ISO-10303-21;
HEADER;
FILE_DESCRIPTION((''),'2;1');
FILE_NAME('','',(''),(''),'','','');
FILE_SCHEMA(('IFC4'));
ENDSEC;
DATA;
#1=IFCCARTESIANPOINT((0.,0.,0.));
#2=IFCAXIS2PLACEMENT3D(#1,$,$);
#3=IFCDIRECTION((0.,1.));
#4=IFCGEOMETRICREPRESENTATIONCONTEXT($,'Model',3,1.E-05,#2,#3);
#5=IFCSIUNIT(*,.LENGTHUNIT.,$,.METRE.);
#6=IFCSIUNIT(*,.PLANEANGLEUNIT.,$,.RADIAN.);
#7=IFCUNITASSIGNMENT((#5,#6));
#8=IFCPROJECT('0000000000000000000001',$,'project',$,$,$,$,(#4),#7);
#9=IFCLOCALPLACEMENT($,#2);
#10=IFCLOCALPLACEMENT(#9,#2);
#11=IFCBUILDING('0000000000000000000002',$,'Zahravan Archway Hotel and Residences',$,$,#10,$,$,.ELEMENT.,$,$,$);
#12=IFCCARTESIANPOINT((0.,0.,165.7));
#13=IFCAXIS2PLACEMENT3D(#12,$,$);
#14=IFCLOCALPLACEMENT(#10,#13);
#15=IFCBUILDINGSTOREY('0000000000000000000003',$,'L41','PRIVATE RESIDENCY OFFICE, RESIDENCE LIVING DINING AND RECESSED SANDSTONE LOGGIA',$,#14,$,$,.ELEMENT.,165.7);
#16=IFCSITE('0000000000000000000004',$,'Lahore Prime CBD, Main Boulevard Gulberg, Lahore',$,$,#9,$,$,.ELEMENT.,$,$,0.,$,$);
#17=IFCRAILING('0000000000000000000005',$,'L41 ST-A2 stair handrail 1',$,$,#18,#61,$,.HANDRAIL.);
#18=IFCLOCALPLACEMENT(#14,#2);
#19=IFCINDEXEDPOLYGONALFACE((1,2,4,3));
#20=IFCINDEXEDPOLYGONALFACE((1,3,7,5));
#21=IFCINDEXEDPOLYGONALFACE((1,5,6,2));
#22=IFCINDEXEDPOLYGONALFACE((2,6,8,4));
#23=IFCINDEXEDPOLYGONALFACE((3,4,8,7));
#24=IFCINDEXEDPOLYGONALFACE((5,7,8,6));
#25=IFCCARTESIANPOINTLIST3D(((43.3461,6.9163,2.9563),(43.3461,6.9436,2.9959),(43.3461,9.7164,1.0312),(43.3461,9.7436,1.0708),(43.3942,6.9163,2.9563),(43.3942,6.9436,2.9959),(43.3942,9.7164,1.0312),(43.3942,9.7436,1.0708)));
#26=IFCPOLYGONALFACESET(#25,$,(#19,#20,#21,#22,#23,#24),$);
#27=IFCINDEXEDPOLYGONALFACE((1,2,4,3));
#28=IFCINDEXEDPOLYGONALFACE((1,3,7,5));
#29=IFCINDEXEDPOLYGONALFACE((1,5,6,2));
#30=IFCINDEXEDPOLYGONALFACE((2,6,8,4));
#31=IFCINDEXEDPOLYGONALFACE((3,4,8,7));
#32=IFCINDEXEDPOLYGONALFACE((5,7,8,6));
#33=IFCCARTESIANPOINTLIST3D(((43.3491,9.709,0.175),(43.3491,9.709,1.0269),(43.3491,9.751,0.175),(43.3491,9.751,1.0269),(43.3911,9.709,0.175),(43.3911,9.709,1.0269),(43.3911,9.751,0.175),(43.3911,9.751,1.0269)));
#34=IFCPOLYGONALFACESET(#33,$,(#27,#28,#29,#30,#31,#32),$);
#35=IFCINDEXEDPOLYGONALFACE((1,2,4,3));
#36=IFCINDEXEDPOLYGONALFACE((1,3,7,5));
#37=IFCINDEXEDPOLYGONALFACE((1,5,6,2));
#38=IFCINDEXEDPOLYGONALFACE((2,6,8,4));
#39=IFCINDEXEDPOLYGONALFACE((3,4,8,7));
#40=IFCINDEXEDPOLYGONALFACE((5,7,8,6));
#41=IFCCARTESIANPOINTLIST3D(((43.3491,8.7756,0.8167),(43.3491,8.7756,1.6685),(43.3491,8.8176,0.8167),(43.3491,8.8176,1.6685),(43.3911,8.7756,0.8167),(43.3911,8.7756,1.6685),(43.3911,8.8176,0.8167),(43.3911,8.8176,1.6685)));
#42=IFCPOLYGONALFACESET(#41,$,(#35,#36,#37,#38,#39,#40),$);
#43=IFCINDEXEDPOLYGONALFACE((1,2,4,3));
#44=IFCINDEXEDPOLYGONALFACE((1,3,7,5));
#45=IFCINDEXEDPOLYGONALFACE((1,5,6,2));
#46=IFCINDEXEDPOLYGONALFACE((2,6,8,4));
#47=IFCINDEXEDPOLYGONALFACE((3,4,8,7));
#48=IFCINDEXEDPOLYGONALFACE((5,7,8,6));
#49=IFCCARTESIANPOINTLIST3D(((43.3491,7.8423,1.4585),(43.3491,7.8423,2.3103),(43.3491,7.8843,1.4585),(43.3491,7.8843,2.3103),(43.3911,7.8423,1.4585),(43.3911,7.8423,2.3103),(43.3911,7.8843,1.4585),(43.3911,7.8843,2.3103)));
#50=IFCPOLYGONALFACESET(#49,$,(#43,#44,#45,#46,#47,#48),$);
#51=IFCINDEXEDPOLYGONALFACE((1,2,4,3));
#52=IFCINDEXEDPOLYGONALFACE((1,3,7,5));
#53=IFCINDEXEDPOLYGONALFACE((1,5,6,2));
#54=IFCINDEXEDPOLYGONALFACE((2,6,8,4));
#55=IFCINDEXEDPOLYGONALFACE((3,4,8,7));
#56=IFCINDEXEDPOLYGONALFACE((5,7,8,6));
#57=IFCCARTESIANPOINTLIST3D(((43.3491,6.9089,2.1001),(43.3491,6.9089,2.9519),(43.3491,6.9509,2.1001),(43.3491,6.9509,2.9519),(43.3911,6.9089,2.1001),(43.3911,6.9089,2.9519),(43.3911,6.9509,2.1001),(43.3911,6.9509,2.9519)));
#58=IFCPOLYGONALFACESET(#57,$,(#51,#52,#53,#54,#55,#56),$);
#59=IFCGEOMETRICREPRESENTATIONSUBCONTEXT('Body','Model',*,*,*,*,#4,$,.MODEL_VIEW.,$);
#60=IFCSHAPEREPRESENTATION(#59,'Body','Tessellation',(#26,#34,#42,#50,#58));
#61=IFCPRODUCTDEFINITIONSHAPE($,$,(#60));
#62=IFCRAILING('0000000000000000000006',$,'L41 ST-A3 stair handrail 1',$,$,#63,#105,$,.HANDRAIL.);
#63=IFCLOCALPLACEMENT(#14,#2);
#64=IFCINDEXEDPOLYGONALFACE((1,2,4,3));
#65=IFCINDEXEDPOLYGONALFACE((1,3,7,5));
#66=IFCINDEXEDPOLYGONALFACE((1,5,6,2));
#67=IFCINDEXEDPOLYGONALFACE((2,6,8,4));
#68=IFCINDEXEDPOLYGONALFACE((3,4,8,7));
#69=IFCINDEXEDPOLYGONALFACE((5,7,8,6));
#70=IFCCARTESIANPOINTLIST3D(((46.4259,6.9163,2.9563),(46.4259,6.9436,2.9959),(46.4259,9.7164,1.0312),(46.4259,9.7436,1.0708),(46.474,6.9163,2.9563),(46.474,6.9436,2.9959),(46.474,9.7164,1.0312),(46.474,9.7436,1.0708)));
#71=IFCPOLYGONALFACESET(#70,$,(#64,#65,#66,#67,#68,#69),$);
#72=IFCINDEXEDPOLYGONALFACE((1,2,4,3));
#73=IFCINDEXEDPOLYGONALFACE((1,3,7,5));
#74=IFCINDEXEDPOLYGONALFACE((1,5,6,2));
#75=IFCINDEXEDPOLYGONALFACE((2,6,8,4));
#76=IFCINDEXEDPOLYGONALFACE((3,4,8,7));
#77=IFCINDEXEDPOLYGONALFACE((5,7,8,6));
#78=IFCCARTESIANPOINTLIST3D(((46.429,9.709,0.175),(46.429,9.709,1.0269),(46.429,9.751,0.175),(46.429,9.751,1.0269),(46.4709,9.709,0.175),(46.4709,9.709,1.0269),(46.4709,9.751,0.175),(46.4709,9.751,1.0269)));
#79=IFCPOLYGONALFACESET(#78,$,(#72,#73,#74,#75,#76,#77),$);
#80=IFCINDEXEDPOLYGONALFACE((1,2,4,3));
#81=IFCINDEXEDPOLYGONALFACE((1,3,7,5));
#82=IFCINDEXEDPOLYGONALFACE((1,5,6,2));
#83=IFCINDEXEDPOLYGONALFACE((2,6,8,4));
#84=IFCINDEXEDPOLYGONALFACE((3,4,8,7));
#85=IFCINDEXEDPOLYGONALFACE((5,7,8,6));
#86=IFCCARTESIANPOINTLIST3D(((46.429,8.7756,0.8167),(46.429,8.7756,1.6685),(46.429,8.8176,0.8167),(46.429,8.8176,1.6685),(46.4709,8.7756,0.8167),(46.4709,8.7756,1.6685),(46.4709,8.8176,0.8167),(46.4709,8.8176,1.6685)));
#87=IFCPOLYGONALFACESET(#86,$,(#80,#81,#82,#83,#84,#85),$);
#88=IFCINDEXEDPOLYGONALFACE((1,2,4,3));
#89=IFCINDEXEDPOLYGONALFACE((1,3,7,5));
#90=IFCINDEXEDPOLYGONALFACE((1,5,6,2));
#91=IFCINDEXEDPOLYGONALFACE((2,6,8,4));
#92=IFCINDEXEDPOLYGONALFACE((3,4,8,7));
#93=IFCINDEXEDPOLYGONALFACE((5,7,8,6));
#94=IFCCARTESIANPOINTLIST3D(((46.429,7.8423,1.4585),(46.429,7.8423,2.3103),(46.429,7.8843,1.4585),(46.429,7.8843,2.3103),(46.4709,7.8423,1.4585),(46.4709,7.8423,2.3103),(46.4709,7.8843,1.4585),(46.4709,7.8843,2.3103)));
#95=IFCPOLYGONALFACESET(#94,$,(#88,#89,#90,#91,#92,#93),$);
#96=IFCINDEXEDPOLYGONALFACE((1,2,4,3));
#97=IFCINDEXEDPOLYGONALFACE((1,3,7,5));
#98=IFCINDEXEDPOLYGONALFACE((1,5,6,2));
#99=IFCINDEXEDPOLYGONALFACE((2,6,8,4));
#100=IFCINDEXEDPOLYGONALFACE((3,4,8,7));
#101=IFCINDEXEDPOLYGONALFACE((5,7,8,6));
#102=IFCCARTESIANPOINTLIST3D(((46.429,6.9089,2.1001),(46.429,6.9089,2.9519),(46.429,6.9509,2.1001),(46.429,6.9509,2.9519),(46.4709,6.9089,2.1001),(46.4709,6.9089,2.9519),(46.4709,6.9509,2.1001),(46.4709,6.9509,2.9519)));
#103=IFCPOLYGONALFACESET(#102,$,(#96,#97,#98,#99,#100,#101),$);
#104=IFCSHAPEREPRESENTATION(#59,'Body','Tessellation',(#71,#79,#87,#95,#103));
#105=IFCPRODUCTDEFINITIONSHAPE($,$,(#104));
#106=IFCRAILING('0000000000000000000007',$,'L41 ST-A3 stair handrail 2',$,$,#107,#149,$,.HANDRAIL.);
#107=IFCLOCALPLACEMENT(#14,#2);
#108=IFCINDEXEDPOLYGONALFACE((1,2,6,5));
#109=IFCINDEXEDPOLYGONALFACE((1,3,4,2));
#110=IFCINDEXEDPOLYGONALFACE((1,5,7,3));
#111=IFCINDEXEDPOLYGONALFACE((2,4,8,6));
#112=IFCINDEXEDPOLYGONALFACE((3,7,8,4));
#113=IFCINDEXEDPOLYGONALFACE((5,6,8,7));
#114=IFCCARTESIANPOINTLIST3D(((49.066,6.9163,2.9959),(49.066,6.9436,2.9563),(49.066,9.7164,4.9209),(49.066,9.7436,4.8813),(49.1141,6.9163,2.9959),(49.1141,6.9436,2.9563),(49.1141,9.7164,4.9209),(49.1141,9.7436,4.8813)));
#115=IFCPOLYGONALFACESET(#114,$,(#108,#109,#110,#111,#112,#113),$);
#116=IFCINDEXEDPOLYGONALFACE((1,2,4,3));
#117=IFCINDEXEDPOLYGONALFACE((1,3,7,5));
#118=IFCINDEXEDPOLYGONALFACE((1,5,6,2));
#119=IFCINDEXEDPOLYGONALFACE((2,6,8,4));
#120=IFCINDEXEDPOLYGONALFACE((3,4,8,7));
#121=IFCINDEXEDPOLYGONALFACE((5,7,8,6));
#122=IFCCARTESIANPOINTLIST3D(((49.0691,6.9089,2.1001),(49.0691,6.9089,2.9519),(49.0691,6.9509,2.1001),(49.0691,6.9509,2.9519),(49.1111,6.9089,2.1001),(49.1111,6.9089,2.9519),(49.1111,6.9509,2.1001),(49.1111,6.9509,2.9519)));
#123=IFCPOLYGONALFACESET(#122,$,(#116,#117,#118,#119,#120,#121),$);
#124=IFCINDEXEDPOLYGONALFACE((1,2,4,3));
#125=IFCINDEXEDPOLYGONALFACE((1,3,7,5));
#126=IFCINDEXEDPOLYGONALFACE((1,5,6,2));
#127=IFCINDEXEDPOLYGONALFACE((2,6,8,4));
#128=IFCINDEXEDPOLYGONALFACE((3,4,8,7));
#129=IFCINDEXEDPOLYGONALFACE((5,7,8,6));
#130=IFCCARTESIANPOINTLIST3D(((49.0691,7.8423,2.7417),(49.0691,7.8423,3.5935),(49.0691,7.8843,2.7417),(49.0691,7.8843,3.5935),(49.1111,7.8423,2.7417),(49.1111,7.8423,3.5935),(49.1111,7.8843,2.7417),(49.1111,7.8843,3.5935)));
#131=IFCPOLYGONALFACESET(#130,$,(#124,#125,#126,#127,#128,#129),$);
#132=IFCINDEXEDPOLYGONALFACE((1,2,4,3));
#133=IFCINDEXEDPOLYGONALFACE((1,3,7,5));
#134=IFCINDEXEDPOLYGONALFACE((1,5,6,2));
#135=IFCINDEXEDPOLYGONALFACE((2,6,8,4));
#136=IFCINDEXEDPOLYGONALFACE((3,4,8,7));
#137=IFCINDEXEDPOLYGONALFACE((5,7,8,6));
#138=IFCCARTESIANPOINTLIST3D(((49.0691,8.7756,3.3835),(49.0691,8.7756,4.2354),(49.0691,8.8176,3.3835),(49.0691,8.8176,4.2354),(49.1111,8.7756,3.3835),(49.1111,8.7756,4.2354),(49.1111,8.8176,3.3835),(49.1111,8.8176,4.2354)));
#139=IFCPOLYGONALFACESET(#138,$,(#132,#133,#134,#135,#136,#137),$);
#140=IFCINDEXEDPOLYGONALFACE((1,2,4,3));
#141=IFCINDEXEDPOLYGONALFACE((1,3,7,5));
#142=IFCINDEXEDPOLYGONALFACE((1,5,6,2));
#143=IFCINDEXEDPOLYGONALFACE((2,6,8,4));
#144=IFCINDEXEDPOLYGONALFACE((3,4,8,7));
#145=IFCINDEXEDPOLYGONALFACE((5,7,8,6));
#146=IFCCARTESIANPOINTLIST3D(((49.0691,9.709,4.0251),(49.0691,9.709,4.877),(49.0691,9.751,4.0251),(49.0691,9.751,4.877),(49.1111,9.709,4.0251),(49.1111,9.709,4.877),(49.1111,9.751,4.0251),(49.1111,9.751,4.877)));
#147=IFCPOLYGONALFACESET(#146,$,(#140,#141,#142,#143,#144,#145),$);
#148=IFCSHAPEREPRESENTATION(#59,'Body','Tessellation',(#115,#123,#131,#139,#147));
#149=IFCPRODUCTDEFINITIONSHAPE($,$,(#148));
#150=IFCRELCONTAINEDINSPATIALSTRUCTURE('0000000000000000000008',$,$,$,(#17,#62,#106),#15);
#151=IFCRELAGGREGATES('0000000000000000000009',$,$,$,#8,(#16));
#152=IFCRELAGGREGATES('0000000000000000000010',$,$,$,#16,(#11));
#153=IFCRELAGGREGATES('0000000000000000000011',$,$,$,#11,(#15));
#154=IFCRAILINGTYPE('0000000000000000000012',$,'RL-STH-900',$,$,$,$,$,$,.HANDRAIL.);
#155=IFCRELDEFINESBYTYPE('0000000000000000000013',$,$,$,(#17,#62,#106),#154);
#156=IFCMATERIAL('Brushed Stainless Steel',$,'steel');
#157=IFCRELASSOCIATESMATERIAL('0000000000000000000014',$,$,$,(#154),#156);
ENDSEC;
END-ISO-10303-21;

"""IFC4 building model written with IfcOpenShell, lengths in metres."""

from ifc_helpers import new_model, si_unit, direction, frame, origin, origin_2d, place, context, subcontext, project, spatial, rectangle, extrude, material, type_object, element, save


model = new_model("IFC4")

# Units and contexts
model_context = context("Model", 3, precision=1e-05, world=origin(), true_north=direction((0.0, 1.0)))
body_context = subcontext(model_context, "Body", "Model", "MODEL_VIEW")
ifc_project = project(units=[si_unit("LENGTHUNIT", "METRE"), si_unit("PLANEANGLEUNIT", "RADIAN")], contexts=[model_context])

# Site, building, storey
site_placement = place(None, origin())
site = spatial("IfcSite", under=ifc_project, at=site_placement, Name="Lahore Prime CBD, Main Boulevard Gulberg, Lahore", CompositionType="ELEMENT", RefElevation=0.0)
building_placement = place(site_placement, origin())
building = spatial("IfcBuilding", under=site, at=building_placement, Name="Zahravan Archway Hotel and Residences", CompositionType="ELEMENT")
storey_placement = place(building_placement, frame((0.0, 0.0, 165.7)))
storey = spatial("IfcBuildingStorey", under=building, at=storey_placement, Name="L41", Description="PRIVATE RESIDENCY OFFICE, RESIDENCE LIVING DINING AND RECESSED SANDSTONE LOGGIA", CompositionType="ELEMENT", Elevation=165.7)

# Railings
ifc_material_1 = material(Name="Brushed Stainless Steel", Category="steel")
railing_type_1 = type_object("IfcRailingType", Name="RL-STH-900", PredefinedType="HANDRAIL", material=ifc_material_1)
for number, where, name in (
    (1, (43.3701, 9.73, 0.175), "L41 ST-A2 stair handrail 1"),
    (2, (46.45, 9.73, 0.175), "L41 ST-A3 stair handrail 1"),
):
    element("IfcRailing", number, at=place(storey_placement, frame(where)), inside=storey, type_object=railing_type_1, Name=name, PredefinedType="HANDRAIL", context=body_context, shape_type="SweptSolid", body=[
        extrude(rectangle(XDim=0.0481, YDim=0.0481, at=origin_2d()), frame((0.0, 0.0, 0.876), z_axis=(0.0, -0.82404, 0.566532), x_axis=(1.0, 0.0, 0.0)), (0.0, 0.0, 1.0), 3.3979),
        extrude(rectangle(XDim=0.042, YDim=0.042, at=origin_2d()), origin(), (0.0, 0.0, 1.0), 0.8518),
        extrude(rectangle(XDim=0.042, YDim=0.042, at=origin_2d()), frame((0.0, -0.9333, 0.6416)), (0.0, 0.0, 1.0), 0.8518),
        extrude(rectangle(XDim=0.042, YDim=0.042, at=origin_2d()), frame((0.0, -1.8667, 1.2834)), (0.0, 0.0, 1.0), 0.8518),
        extrude(rectangle(XDim=0.042, YDim=0.042, at=origin_2d()), frame((0.0, -2.8, 1.925)), (0.0, 0.0, 1.0), 0.8518),
    ])
railing_1_placement = place(storey_placement, frame((49.0901, 6.9299, 2.1001)))
element("IfcRailing", 3, at=railing_1_placement, inside=storey, type_object=railing_type_1, Name="L41 ST-A3 stair handrail 2", PredefinedType="HANDRAIL", context=body_context, shape_type="SweptSolid", body=[
    extrude(rectangle(XDim=0.0481, YDim=0.0481, at=origin_2d()), frame((0.0, 0.0, 0.876), z_axis=(0.0, 0.82404, 0.566532), x_axis=(-1.0, 0.0, 0.0)), (0.0, 0.0, 1.0), 3.3979),
    extrude(rectangle(XDim=0.042, YDim=0.042, at=origin_2d()), origin(), (0.0, 0.0, 1.0), 0.8518),
    extrude(rectangle(XDim=0.042, YDim=0.042, at=origin_2d()), frame((0.0, 0.9333, 0.6416)), (0.0, 0.0, 1.0), 0.8518),
    extrude(rectangle(XDim=0.042, YDim=0.042, at=origin_2d()), frame((0.0, 1.8667, 1.2834)), (0.0, 0.0, 1.0), 0.8518),
    extrude(rectangle(XDim=0.042, YDim=0.042, at=origin_2d()), frame((0.0, 2.8, 1.925)), (0.0, 0.0, 1.0), 0.8518),
])

save(model, "model.ifc")
